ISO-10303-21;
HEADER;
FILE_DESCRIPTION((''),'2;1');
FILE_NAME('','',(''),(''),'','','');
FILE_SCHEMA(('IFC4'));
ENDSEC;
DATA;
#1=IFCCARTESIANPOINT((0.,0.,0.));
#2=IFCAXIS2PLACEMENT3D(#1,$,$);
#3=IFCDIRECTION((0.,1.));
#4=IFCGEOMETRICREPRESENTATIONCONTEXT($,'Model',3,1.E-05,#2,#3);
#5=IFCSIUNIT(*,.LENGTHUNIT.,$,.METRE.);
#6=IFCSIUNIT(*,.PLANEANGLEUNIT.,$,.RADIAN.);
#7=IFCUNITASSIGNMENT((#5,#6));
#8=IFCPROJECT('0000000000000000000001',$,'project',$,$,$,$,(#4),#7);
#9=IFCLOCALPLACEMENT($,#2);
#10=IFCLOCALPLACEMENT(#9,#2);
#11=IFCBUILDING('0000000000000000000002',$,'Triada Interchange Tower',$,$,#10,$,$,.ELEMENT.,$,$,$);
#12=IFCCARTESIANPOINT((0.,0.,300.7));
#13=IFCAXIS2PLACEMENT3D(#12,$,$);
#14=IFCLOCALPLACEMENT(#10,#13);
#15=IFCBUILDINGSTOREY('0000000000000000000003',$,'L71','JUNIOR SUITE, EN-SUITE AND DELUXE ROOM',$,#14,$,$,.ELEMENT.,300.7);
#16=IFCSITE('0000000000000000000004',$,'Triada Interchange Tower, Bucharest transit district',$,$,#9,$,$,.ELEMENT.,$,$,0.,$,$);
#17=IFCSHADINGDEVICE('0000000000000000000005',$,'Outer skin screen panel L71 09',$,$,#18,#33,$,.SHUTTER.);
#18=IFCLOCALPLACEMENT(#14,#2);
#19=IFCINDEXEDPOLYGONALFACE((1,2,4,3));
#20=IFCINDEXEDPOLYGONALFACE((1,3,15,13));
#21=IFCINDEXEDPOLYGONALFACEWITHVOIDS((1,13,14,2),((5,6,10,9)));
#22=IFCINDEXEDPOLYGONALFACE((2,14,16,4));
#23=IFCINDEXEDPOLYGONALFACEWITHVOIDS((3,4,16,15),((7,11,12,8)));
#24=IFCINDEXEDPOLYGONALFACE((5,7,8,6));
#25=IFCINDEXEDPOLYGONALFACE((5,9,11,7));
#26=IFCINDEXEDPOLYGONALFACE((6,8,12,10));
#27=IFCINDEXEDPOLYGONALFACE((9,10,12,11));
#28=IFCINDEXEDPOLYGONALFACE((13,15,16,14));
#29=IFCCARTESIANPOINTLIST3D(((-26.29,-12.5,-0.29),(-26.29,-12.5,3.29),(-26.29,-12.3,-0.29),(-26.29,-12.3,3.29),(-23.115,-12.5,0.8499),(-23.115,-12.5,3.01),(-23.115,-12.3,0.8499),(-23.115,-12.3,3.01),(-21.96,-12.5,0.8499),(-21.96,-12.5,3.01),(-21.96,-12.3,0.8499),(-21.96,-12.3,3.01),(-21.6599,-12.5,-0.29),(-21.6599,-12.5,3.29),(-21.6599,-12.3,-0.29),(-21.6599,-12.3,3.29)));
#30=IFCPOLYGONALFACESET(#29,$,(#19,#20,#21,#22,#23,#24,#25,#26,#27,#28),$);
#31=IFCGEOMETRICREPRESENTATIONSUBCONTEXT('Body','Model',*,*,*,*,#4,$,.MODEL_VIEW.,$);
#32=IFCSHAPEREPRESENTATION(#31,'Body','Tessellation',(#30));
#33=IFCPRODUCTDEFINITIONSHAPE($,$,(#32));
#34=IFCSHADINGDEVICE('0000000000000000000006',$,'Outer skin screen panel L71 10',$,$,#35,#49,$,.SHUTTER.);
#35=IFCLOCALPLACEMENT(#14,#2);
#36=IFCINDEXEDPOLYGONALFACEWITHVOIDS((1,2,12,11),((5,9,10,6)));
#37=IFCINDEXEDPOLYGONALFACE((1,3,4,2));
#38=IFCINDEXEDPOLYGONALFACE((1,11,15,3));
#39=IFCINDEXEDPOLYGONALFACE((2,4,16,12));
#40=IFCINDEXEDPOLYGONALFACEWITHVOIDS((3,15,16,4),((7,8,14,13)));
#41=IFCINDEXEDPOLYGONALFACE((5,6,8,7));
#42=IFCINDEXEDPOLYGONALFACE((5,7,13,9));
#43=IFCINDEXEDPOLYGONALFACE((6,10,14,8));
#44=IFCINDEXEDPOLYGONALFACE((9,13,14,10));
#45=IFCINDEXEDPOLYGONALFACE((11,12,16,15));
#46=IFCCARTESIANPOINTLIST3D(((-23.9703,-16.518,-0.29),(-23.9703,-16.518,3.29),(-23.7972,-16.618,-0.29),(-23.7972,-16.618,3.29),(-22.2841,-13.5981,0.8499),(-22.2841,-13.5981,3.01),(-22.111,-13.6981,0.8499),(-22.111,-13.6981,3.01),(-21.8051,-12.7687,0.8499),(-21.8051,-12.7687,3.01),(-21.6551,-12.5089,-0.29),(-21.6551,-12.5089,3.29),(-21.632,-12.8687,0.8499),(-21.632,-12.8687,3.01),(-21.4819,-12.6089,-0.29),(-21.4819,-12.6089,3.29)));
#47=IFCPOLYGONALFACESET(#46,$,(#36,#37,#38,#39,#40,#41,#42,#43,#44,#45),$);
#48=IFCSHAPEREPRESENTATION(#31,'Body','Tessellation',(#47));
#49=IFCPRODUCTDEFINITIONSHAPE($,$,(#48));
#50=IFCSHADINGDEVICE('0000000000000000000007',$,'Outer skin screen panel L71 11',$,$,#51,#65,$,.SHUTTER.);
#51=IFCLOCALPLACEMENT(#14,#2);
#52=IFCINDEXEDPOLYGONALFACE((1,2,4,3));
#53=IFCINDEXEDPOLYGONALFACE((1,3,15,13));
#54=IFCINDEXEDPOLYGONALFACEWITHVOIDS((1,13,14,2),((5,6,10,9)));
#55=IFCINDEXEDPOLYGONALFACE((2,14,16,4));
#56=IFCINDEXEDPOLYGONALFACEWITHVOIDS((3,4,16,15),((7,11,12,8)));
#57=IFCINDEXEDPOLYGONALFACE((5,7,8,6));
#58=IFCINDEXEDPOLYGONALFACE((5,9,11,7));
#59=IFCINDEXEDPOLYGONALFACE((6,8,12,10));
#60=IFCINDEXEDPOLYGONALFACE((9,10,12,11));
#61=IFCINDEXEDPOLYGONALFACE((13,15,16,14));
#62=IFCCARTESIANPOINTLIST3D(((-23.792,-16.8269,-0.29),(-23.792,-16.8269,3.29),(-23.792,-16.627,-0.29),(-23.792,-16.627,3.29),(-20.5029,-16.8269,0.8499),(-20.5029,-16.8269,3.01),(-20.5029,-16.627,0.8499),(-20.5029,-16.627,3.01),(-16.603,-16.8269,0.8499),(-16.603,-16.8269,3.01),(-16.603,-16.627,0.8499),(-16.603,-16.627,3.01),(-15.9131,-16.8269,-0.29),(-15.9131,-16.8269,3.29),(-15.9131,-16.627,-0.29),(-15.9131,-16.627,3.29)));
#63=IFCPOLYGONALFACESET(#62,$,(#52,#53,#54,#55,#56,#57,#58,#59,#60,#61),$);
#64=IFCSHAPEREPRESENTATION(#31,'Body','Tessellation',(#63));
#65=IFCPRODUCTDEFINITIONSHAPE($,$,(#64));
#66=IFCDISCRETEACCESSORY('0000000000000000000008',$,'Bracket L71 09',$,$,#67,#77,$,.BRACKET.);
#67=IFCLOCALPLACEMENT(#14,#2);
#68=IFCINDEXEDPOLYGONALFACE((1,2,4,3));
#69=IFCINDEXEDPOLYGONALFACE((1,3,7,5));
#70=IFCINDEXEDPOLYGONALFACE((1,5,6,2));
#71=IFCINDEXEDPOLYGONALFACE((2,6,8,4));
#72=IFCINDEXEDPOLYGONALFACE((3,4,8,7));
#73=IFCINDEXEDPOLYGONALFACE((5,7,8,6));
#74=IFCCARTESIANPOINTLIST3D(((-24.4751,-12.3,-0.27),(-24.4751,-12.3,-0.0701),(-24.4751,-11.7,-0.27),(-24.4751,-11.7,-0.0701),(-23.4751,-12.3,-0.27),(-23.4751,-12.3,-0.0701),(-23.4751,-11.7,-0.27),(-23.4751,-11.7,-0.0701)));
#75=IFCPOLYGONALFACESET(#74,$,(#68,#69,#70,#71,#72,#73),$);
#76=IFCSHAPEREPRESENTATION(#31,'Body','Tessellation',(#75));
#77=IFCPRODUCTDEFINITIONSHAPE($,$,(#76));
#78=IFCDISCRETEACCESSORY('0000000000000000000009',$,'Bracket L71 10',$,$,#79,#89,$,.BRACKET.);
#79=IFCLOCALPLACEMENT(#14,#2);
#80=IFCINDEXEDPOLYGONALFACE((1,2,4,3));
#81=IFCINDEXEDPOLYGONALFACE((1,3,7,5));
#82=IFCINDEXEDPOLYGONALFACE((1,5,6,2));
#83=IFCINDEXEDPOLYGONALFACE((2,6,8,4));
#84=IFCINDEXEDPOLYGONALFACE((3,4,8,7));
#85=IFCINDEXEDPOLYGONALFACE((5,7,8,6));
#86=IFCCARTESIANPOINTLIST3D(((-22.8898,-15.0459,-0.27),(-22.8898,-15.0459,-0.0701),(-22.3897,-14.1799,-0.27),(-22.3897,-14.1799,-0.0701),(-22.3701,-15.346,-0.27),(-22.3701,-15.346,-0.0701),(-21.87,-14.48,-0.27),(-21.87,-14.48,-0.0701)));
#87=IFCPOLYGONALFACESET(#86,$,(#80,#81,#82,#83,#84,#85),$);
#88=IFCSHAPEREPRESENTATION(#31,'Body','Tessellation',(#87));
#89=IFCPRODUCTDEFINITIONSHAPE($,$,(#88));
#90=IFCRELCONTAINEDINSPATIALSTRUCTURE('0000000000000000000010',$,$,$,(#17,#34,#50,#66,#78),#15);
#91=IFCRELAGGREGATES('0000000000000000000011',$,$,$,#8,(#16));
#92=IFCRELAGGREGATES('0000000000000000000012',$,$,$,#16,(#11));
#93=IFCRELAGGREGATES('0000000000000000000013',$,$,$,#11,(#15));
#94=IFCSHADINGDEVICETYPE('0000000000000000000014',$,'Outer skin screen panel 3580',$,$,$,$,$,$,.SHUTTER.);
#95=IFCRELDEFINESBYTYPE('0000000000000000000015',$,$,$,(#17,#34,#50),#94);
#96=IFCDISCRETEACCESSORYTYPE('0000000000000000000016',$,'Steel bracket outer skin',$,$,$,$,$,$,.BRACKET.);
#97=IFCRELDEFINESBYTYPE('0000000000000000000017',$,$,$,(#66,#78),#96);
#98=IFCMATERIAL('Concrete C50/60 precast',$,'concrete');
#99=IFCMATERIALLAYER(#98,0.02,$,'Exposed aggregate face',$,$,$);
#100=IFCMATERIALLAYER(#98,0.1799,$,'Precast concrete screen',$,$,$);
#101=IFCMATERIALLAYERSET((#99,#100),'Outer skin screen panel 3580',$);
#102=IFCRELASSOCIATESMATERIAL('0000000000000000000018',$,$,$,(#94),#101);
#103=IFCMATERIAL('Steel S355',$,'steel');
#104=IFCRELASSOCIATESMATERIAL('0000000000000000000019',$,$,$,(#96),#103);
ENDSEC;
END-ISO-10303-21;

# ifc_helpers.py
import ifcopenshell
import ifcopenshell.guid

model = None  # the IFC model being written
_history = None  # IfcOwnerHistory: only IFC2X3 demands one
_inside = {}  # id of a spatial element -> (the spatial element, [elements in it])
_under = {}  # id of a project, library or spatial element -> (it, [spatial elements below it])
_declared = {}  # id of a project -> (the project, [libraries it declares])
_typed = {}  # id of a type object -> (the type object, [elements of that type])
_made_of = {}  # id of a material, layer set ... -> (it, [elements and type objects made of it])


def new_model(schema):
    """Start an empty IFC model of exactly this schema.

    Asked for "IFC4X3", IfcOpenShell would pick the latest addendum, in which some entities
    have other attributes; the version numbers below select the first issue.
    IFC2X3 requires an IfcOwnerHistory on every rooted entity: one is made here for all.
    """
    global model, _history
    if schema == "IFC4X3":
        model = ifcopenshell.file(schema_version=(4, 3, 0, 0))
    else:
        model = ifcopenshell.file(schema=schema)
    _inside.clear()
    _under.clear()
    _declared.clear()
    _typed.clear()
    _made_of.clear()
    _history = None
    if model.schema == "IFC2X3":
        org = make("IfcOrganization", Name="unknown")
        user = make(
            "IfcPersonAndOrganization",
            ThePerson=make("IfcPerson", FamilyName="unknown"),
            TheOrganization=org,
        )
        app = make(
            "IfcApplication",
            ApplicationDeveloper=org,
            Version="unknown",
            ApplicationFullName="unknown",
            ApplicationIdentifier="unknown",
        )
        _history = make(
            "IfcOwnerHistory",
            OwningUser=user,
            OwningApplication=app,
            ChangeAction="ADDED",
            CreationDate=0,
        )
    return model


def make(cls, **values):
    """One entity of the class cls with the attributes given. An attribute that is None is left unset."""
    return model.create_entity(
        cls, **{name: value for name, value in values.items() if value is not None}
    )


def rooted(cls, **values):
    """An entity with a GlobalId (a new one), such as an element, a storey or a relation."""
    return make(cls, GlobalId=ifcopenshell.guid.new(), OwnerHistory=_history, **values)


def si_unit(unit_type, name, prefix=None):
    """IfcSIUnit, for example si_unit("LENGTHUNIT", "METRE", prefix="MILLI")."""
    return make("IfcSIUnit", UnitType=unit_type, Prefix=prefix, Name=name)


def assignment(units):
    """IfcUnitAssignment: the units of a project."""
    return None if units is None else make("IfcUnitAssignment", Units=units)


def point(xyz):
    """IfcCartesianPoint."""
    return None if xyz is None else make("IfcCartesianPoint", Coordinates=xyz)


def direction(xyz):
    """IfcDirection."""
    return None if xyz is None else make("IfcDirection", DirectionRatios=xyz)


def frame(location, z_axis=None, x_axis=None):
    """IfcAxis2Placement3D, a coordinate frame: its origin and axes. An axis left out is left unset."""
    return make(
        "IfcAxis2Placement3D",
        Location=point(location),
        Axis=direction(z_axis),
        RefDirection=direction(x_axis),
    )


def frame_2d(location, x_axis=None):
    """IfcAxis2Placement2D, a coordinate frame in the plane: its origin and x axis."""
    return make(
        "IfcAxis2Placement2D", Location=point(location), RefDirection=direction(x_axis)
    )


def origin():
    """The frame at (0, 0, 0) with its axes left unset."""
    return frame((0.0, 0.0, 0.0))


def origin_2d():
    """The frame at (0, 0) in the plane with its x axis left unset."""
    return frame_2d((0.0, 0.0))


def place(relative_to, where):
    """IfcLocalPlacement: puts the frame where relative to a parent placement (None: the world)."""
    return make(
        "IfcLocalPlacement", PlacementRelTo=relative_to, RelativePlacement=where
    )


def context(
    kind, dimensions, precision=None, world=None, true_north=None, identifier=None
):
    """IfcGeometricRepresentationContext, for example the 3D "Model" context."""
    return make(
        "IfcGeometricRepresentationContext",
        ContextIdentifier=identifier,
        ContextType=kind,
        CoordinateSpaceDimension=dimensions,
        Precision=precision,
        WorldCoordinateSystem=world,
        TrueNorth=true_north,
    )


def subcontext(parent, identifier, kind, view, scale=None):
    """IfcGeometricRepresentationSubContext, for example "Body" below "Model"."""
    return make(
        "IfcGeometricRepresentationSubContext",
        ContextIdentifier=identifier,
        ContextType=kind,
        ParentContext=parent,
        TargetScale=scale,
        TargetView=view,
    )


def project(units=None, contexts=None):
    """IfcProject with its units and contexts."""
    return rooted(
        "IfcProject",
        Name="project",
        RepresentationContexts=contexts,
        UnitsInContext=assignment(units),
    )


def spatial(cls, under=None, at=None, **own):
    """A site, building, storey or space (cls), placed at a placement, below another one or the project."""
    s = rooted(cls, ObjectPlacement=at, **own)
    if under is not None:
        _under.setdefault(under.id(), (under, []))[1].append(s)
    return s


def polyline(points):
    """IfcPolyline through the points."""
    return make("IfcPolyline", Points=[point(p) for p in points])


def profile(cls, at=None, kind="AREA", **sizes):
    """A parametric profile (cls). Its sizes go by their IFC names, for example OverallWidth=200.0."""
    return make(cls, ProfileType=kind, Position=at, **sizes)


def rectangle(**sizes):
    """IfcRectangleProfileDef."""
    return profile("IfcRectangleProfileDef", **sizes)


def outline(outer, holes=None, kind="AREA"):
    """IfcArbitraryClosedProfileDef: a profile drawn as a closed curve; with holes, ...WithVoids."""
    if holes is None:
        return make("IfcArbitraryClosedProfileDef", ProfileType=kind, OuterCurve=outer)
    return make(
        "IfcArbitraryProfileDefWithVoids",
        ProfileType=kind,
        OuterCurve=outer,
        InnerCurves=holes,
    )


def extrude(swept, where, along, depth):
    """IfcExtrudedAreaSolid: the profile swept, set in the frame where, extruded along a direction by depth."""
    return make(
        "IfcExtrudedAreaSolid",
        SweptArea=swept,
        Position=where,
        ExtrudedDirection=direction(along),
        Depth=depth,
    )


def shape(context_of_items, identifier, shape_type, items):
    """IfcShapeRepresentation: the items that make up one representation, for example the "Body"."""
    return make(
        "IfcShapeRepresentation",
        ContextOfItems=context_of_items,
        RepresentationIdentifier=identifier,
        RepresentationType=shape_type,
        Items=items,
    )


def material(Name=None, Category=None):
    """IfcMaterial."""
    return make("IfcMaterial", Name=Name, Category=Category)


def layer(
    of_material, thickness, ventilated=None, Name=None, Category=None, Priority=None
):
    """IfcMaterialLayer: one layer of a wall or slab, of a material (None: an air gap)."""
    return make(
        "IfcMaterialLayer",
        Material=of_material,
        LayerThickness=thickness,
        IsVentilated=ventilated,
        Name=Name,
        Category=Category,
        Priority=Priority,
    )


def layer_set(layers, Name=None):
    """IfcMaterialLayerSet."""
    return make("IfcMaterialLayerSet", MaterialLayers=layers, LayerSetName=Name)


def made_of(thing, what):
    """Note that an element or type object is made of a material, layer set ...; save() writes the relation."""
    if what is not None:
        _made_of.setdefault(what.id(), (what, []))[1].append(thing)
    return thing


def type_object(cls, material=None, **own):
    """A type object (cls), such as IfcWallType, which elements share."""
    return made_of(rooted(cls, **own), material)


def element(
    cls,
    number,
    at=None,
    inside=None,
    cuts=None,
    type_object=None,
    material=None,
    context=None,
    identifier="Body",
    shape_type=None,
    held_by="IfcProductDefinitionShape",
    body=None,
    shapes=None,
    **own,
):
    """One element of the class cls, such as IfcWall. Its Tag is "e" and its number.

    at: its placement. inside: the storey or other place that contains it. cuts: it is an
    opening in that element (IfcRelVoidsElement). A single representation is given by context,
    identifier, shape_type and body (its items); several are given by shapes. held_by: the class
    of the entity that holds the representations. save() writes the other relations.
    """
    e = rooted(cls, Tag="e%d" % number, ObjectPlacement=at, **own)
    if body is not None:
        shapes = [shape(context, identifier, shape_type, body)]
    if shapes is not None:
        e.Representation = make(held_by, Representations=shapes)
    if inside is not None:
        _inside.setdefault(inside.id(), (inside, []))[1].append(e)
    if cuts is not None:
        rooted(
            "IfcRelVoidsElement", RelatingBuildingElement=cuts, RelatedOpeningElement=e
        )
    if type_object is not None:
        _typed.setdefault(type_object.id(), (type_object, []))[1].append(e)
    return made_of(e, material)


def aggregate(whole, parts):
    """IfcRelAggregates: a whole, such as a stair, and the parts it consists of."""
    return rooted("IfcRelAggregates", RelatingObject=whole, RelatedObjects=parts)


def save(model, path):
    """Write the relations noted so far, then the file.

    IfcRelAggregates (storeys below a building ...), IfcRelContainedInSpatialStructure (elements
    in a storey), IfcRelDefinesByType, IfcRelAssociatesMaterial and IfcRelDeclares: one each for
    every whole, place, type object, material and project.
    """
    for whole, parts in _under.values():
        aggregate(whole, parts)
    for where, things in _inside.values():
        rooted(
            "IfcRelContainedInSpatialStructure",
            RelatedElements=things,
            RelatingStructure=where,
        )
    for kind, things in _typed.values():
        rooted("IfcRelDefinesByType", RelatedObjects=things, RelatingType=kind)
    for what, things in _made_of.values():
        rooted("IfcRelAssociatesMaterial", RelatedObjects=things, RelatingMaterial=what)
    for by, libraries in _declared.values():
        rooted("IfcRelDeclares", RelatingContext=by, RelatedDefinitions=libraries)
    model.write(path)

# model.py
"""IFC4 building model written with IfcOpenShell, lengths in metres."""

from ifc_helpers import new_model, si_unit, direction, frame, origin, origin_2d, place, context, subcontext, project, spatial, polyline, rectangle, outline, extrude, material, layer, layer_set, type_object, element, save


model = new_model("IFC4")

# Units and contexts
model_context = context("Model", 3, precision=1e-05, world=origin(), true_north=direction((0.0, 1.0)))
body_context = subcontext(model_context, "Body", "Model", "MODEL_VIEW")
ifc_project = project(units=[si_unit("LENGTHUNIT", "METRE"), si_unit("PLANEANGLEUNIT", "RADIAN")], contexts=[model_context])

# Site, building, storey
site_placement = place(None, origin())
site = spatial("IfcSite", under=ifc_project, at=site_placement, Name="Triada Interchange Tower, Bucharest transit district", CompositionType="ELEMENT", RefElevation=0.0)
building_placement = place(site_placement, origin())
building = spatial("IfcBuilding", under=site, at=building_placement, Name="Triada Interchange Tower", CompositionType="ELEMENT")
storey_placement = place(building_placement, frame((0.0, 0.0, 300.7)))
storey = spatial("IfcBuildingStorey", under=building, at=storey_placement, Name="L71", Description="JUNIOR SUITE, EN-SUITE AND DELUXE ROOM", CompositionType="ELEMENT", Elevation=300.7)

# Shading devices
ifc_material_1 = material(Name="Concrete C50/60 precast", Category="concrete")
ifc_layer_1 = layer(ifc_material_1, 0.02, Name="Exposed aggregate face")
ifc_layer_2 = layer(ifc_material_1, 0.1799, Name="Precast concrete screen")
ifc_layer_set_1 = layer_set([ifc_layer_1, ifc_layer_2], Name="Outer skin screen panel 3580")
shading_device_type = type_object("IfcShadingDeviceType", Name="Outer skin screen panel 3580", PredefinedType="SHUTTER", material=ifc_layer_set_1)
shading_device_1_placement = place(storey_placement, frame((-26.29, -12.3, -0.29), z_axis=(0.0, 0.0, 1.0), x_axis=(1.0, 0.0, 0.0)))
element("IfcShadingDevice", 1, at=shading_device_1_placement, inside=storey, type_object=shading_device_type, Name="Outer skin screen panel L71 09", PredefinedType="SHUTTER", context=body_context, shape_type="SweptSolid", body=[
    extrude(outline(polyline([(0.0, 0.0), (4.6301, 0.0), (4.6301, 3.5801), (0.0, 3.5801), (0.0, 0.0)]), holes=[polyline([(3.175, 1.1399), (3.175, 3.3), (4.3301, 3.3), (4.3301, 1.1399), (3.175, 1.1399)])]), frame((0.0, 0.0, 0.0), z_axis=(0.0, -1.0, 0.0), x_axis=(1.0, 0.0, 0.0)), (0.0, 0.0, 1.0), 0.2),
])
shading_device_2_placement = place(storey_placement, frame((-21.4819, -12.6089, -0.29), z_axis=(0.0, 0.0, 1.0), x_axis=(-0.500092, -0.865972, 0.0)))
element("IfcShadingDevice", 2, at=shading_device_2_placement, inside=storey, type_object=shading_device_type, Name="Outer skin screen panel L71 10", PredefinedType="SHUTTER", context=body_context, shape_type="SweptSolid", body=[
    extrude(outline(polyline([(0.0, 0.0), (4.6296, 0.0), (4.6296, 3.5801), (0.0, 3.5801), (0.0, 0.0)]), holes=[polyline([(0.3, 1.1399), (0.3, 3.3), (1.2578, 3.3), (1.2578, 1.1399), (0.3, 1.1399)])]), frame((0.0, 0.0, 0.0), z_axis=(0.0, -1.0, 0.0), x_axis=(1.0, 0.0, 0.0)), (0.0, 0.0, 1.0), 0.2),
])
shading_device_3_placement = place(storey_placement, frame((-23.792, -16.627, -0.29), z_axis=(0.0, 0.0, 1.0), x_axis=(1.0, 0.0, 0.0)))
element("IfcShadingDevice", 3, at=shading_device_3_placement, inside=storey, type_object=shading_device_type, Name="Outer skin screen panel L71 11", PredefinedType="SHUTTER", context=body_context, shape_type="SweptSolid", body=[
    extrude(outline(polyline([(0.0, 0.0), (7.8789, 0.0), (7.8789, 3.5801), (0.0, 3.5801), (0.0, 0.0)]), holes=[polyline([(3.2891, 1.1399), (3.2891, 3.3), (7.189, 3.3), (7.189, 1.1399), (3.2891, 1.1399)])]), frame((0.0, 0.0, 0.0), z_axis=(0.0, -1.0, 0.0), x_axis=(1.0, 0.0, 0.0)), (0.0, 0.0, 1.0), 0.2),
])

# Discrete accessories
ifc_material_2 = material(Name="Steel S355", Category="steel")
discrete_accessory_type = type_object("IfcDiscreteAccessoryType", Name="Steel bracket outer skin", PredefinedType="BRACKET", material=ifc_material_2)
for number, where, z_axis, x_axis, name in (
    (4, (-23.9751, -12.0, -0.27), (0.0, 0.0, 1.0), (0.0, -1.0, 0.0), "Bracket L71 09"),
    (5, (-22.3799, -14.7629, -0.27), (0.0, 0.0, 1.0), (-0.865956, 0.500121, 0.0), "Bracket L71 10"),
):
    element("IfcDiscreteAccessory", number, at=place(storey_placement, frame(where, z_axis=z_axis, x_axis=x_axis)), inside=storey, type_object=discrete_accessory_type, Name=name, PredefinedType="BRACKET", context=body_context, shape_type="SweptSolid", body=[
        extrude(rectangle(XDim=0.6001, YDim=1.0, at=origin_2d()), origin(), (0.0, 0.0, 1.0), 0.2),
    ])

save(model, "model.ifc")
